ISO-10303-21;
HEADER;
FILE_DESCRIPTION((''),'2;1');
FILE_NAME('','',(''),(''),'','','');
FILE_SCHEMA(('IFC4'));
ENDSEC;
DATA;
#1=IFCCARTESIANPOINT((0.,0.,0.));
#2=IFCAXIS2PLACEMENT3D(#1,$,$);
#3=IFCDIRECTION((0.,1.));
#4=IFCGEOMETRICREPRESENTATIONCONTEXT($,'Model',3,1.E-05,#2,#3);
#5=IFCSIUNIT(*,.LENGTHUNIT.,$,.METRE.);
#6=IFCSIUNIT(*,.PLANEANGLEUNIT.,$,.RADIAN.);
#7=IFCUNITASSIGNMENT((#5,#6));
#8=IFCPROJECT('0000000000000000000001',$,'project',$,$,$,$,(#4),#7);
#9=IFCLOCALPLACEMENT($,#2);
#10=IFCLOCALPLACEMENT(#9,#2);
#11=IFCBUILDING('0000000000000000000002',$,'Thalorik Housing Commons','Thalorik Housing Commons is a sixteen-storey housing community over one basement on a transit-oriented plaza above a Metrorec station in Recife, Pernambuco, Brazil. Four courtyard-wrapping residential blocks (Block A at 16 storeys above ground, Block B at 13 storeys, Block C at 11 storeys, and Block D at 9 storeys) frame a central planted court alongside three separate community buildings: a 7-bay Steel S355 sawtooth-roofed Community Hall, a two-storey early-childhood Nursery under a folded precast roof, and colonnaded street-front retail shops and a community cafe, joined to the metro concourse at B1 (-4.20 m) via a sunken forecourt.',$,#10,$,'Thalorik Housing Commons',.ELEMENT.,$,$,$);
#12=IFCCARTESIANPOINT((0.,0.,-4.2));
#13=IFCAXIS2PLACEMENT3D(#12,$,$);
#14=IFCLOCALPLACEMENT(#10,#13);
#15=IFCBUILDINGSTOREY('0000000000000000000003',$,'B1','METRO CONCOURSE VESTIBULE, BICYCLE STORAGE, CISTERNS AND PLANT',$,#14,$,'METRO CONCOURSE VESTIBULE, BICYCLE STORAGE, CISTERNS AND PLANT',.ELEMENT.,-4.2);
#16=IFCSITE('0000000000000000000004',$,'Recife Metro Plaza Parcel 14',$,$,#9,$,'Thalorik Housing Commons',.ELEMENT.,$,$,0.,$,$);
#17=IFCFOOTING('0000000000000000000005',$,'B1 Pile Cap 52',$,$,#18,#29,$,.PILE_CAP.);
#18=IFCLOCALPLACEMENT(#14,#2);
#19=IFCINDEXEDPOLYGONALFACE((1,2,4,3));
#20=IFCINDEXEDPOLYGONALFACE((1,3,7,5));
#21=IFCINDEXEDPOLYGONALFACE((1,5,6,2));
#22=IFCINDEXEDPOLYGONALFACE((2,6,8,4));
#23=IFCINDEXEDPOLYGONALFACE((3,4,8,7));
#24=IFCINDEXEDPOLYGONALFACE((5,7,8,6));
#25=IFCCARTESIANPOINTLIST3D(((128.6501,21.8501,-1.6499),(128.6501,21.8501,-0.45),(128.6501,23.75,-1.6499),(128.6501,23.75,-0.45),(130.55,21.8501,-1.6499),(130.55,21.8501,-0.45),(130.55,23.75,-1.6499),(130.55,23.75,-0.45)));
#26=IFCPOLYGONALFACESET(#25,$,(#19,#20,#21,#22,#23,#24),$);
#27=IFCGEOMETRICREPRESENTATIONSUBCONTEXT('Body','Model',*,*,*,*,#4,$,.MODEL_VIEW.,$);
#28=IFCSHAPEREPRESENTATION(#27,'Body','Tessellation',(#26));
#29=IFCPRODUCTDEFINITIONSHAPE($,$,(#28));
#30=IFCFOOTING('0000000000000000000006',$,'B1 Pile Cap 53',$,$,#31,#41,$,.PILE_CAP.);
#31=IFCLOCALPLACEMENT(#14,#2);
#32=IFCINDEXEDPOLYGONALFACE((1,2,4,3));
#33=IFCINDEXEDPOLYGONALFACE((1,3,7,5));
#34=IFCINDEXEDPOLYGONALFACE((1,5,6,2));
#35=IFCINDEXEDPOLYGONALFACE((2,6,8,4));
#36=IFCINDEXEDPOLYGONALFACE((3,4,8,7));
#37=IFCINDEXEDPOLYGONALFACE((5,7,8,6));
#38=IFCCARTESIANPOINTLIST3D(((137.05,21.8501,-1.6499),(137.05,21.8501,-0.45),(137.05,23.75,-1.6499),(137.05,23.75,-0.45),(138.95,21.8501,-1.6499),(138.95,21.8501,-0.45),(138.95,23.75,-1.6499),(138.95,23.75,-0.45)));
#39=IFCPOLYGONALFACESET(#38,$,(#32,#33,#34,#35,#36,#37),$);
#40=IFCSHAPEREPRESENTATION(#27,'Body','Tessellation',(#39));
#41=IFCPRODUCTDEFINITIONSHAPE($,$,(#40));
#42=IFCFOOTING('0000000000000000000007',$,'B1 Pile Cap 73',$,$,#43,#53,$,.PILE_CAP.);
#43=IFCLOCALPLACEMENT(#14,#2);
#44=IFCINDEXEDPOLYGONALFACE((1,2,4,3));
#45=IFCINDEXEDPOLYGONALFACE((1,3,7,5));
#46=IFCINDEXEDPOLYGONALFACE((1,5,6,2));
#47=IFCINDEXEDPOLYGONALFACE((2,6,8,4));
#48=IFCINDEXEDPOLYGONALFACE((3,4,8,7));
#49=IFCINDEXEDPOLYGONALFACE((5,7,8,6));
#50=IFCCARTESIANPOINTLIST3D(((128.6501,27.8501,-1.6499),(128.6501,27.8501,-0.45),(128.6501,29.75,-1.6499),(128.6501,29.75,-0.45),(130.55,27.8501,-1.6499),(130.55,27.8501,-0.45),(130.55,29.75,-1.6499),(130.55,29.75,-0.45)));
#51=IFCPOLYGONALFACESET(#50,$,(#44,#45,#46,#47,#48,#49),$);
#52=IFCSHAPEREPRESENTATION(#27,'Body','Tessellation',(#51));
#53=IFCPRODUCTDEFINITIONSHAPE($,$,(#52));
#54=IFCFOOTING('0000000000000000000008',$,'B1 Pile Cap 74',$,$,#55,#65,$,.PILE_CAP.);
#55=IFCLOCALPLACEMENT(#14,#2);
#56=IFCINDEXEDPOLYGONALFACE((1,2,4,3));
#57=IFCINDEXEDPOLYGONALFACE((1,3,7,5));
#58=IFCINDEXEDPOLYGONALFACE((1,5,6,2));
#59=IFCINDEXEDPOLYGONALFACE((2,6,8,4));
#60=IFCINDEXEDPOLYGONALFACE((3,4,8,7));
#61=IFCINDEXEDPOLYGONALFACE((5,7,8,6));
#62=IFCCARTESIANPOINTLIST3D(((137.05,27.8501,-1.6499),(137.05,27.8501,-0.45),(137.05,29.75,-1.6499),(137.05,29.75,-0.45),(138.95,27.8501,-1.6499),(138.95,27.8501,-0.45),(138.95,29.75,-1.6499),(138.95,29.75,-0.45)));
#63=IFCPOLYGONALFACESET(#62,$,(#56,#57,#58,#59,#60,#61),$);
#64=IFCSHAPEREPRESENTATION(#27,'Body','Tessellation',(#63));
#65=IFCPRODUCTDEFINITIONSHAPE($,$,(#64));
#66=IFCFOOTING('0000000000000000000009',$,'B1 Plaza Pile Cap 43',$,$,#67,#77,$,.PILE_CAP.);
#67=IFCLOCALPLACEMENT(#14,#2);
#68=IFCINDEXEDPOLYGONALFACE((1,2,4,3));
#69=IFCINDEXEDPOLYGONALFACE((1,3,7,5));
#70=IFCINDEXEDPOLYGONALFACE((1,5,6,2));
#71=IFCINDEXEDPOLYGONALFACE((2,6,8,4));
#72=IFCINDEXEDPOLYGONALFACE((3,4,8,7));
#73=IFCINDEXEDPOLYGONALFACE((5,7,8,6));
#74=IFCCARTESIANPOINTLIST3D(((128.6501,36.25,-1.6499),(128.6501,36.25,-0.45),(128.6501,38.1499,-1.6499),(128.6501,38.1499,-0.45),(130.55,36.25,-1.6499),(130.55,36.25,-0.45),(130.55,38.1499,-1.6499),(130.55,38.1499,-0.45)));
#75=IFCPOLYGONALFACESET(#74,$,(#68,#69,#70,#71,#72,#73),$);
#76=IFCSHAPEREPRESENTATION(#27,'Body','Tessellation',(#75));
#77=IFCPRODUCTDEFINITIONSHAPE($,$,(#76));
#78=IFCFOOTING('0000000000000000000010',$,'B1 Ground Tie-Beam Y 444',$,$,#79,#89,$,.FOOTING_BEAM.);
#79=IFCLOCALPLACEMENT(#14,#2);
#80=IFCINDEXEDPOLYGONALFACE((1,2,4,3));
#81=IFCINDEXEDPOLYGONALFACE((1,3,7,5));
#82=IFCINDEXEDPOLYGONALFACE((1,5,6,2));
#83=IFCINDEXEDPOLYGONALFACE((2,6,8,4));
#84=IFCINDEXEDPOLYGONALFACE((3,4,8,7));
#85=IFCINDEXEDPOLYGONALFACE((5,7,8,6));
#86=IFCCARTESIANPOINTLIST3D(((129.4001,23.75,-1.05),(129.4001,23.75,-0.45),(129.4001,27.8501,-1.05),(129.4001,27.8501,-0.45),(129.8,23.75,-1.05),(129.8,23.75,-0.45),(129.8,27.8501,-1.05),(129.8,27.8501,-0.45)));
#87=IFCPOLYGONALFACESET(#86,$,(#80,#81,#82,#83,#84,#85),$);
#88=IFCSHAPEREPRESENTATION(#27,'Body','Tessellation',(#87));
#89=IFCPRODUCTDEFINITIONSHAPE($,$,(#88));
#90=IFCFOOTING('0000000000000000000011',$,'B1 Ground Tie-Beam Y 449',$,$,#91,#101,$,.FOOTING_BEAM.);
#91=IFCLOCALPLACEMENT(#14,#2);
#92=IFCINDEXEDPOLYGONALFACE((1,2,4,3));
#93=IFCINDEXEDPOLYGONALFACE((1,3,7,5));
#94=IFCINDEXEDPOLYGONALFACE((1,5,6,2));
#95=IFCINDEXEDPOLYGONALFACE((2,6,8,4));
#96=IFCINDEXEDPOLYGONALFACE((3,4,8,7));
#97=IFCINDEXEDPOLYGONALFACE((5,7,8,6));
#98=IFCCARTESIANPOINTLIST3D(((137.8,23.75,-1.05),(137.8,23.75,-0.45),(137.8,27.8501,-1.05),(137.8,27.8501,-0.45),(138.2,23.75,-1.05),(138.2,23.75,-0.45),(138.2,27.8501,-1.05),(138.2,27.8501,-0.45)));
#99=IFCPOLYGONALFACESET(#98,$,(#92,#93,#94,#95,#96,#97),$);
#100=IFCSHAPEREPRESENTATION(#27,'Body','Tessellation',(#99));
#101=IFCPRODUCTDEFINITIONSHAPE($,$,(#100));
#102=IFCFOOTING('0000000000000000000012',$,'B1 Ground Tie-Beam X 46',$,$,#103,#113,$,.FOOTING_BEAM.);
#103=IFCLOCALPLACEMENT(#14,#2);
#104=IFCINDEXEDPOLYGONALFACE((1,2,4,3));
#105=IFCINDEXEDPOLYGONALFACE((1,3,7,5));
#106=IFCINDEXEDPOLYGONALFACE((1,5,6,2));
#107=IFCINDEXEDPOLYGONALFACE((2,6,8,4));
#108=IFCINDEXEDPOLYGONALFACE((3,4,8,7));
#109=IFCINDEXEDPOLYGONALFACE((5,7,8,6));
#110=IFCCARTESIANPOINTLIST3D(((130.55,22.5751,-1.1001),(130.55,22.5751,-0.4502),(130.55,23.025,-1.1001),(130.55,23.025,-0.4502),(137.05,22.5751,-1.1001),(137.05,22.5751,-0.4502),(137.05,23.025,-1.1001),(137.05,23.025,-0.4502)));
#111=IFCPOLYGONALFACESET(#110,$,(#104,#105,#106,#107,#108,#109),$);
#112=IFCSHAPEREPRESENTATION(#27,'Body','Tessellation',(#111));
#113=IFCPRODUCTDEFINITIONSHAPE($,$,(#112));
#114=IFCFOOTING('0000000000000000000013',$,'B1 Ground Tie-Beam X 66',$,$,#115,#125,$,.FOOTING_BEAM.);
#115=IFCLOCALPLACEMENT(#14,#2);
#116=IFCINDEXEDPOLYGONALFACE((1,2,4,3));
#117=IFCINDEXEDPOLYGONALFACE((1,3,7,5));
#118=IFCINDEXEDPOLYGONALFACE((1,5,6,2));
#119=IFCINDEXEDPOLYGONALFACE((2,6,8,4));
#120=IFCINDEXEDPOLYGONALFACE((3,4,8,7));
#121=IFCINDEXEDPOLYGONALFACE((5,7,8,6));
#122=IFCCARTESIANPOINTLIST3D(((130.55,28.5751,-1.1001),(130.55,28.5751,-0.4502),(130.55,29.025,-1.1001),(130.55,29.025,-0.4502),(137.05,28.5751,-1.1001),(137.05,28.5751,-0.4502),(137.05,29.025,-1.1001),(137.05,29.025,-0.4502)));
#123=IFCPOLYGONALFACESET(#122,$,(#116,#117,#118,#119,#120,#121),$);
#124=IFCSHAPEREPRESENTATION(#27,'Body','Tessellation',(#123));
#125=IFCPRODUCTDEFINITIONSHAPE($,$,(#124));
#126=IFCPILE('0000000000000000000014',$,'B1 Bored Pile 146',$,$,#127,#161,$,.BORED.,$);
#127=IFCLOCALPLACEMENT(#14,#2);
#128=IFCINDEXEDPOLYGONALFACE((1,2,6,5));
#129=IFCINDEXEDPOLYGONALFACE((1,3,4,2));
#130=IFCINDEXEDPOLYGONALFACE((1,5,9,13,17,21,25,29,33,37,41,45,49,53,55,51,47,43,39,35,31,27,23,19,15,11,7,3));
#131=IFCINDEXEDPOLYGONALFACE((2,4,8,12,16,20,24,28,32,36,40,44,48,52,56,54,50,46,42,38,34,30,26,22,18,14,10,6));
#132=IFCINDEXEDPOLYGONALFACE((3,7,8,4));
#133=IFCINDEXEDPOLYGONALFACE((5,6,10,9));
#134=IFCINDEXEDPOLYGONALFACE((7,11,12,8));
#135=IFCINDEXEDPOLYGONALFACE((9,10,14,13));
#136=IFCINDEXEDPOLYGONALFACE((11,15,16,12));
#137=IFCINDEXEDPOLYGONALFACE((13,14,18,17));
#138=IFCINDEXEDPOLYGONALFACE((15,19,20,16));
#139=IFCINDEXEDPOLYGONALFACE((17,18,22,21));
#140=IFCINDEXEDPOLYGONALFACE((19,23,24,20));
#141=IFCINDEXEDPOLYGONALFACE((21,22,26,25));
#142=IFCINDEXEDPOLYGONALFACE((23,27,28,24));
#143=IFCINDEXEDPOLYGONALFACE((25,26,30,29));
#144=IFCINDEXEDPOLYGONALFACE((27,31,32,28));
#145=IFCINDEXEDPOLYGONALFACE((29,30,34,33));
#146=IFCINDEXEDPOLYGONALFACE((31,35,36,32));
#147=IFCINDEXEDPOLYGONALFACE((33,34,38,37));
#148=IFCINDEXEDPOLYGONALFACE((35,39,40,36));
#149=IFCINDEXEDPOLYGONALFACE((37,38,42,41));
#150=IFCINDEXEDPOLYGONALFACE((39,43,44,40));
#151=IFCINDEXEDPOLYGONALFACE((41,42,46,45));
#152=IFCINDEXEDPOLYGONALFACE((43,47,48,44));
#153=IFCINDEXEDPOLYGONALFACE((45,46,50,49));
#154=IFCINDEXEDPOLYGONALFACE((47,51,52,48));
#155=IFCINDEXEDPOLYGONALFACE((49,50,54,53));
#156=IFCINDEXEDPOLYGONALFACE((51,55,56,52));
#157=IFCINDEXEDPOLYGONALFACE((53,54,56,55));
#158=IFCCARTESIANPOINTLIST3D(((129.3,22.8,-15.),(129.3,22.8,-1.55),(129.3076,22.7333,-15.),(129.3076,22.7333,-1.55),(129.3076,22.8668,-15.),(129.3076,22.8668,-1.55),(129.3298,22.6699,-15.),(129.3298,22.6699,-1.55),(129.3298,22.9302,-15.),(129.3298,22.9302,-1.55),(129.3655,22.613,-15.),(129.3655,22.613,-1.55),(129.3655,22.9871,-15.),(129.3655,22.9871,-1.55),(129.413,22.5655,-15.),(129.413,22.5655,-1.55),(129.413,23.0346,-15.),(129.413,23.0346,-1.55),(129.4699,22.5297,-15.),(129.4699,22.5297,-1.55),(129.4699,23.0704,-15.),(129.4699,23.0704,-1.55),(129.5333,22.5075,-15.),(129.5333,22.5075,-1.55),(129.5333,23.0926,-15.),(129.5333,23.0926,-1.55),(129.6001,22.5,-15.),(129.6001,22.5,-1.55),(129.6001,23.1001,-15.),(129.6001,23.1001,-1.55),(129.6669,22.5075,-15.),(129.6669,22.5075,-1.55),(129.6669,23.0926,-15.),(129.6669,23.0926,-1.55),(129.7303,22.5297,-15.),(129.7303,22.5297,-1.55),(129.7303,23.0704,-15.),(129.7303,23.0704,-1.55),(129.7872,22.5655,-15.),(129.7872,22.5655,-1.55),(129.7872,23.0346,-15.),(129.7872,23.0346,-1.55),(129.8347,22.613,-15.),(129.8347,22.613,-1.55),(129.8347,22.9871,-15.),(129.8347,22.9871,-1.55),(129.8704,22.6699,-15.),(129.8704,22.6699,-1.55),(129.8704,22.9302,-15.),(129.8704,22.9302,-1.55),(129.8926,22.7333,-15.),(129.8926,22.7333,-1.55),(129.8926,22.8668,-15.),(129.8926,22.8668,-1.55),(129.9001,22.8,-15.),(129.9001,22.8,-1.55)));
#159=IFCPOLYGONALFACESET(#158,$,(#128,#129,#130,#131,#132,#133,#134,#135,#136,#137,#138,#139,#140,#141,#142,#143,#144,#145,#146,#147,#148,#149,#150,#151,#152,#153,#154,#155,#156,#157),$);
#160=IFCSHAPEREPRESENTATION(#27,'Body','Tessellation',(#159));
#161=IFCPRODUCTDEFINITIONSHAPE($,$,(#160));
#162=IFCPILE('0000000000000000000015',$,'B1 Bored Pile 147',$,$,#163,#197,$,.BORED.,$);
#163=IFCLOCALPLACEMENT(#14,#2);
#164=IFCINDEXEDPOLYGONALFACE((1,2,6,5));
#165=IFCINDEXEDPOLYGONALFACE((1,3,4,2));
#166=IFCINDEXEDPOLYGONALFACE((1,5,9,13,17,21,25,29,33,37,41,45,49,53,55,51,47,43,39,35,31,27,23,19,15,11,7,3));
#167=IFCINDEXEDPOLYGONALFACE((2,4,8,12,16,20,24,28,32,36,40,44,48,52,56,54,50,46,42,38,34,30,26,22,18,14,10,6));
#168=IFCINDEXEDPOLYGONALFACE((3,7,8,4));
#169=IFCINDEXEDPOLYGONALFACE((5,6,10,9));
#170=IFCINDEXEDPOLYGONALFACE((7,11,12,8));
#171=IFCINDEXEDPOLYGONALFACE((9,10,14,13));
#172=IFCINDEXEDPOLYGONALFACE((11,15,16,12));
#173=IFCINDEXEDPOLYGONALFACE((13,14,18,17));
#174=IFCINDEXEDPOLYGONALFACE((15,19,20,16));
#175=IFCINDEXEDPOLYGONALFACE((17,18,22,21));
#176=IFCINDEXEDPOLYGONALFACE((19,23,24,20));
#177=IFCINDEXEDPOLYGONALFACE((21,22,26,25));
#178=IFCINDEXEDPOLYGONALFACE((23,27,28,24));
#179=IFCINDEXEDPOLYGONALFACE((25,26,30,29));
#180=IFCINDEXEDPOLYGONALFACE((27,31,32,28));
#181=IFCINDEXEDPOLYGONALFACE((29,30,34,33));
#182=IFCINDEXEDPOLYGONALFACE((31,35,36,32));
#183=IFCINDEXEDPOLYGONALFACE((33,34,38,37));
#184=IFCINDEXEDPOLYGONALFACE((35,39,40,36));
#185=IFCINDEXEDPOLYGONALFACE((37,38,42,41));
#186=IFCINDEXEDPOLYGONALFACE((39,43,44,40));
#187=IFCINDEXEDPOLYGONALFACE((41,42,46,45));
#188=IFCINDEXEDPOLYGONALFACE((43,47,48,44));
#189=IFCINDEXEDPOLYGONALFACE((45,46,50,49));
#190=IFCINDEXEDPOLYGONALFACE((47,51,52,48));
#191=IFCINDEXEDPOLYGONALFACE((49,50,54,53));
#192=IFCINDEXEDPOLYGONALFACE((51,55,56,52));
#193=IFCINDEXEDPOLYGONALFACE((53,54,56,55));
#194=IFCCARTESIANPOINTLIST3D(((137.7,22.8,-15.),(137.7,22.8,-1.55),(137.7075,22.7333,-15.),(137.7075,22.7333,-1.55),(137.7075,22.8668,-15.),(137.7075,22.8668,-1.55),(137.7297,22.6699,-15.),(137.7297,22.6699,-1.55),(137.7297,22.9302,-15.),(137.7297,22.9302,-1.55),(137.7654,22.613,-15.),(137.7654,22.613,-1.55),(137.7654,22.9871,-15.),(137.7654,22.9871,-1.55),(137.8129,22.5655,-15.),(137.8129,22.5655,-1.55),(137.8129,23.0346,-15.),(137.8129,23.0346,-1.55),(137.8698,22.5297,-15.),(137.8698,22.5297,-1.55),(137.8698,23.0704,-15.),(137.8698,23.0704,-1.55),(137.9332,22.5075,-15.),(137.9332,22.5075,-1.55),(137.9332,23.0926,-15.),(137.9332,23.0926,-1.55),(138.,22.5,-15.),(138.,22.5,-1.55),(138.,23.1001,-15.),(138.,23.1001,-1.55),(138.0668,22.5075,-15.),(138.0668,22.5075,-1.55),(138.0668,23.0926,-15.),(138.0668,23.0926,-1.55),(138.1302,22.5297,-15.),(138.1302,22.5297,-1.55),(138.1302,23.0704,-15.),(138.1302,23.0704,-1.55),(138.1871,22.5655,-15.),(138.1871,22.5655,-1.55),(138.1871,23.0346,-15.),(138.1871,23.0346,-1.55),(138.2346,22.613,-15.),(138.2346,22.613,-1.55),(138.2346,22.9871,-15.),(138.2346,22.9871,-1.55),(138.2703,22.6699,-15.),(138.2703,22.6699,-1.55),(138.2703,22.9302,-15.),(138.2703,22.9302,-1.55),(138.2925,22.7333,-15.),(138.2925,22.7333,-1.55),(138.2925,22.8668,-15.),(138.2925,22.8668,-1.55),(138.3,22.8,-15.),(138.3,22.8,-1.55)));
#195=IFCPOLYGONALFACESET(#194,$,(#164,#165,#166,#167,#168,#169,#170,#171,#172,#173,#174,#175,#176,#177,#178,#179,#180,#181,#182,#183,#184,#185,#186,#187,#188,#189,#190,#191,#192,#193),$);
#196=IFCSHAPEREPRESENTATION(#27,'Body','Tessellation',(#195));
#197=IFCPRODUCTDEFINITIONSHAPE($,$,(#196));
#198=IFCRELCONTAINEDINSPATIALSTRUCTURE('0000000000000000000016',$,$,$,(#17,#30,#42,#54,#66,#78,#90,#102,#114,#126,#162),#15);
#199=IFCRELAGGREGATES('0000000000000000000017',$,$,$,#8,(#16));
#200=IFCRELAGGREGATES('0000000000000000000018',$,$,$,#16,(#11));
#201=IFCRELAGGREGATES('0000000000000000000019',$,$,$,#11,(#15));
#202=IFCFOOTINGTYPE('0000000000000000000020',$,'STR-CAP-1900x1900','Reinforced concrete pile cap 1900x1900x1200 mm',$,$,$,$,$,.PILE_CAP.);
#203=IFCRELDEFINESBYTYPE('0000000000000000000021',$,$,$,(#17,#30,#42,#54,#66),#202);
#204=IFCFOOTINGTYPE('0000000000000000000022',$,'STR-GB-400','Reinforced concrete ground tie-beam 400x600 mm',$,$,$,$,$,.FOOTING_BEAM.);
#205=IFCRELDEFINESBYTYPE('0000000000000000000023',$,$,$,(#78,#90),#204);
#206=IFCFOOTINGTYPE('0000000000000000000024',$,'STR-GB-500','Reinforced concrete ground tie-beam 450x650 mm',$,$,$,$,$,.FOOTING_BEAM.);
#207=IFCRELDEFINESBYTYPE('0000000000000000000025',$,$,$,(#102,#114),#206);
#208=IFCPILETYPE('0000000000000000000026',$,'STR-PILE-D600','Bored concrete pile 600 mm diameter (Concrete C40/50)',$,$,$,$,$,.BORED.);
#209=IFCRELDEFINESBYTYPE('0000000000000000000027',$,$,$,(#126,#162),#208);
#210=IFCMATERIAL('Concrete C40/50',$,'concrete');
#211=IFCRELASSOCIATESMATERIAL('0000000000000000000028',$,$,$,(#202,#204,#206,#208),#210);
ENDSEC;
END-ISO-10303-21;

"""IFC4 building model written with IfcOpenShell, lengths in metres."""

from ifc_helpers import new_model, si_unit, direction, frame, origin, origin_2d, place, context, subcontext, project, spatial, rectangle, circle, extrude, material, material_profile, profile_set, type_object, element, save


model = new_model("IFC4")

# Units and contexts
model_context = context("Model", 3, precision=1e-05, world=origin(), true_north=direction((0.0, 1.0)))
body_context = subcontext(model_context, "Body", "Model", "MODEL_VIEW")
ifc_project = project(units=[si_unit("LENGTHUNIT", "METRE"), si_unit("PLANEANGLEUNIT", "RADIAN")], contexts=[model_context])

# Site, building, storey
site_placement = place(None, origin())
site = spatial("IfcSite", under=ifc_project, at=site_placement, Name="Recife Metro Plaza Parcel 14", LongName="Thalorik Housing Commons", CompositionType="ELEMENT", RefElevation=0.0)
building_placement = place(site_placement, origin())
building = spatial("IfcBuilding", under=site, at=building_placement, Name="Thalorik Housing Commons", Description="Thalorik Housing Commons is a sixteen-storey housing community over one basement on a transit-oriented plaza above a Metrorec station in Recife, Pernambuco, Brazil. Four courtyard-wrapping residential blocks (Block A at 16 storeys above ground, Block B at 13 storeys, Block C at 11 storeys, and Block D at 9 storeys) frame a central planted court alongside three separate community buildings: a 7-bay Steel S355 sawtooth-roofed Community Hall, a two-storey early-childhood Nursery under a folded precast roof, and colonnaded street-front retail shops and a community cafe, joined to the metro concourse at B1 (-4.20 m) via a sunken forecourt.", LongName="Thalorik Housing Commons", CompositionType="ELEMENT")
storey_placement = place(building_placement, frame((0.0, 0.0, -4.2)))
storey = spatial("IfcBuildingStorey", under=building, at=storey_placement, Name="B1", Description="METRO CONCOURSE VESTIBULE, BICYCLE STORAGE, CISTERNS AND PLANT", LongName="METRO CONCOURSE VESTIBULE, BICYCLE STORAGE, CISTERNS AND PLANT", CompositionType="ELEMENT", Elevation=-4.2)

# Footings
ifc_material_1 = material(Name="Concrete C40/50", Category="concrete")
footing_type_1 = type_object("IfcFootingType", Name="STR-CAP-1900x1900", Description="Reinforced concrete pile cap 1900x1900x1200 mm", PredefinedType="PILE_CAP", material=ifc_material_1)
for number, where, z_axis, x_axis, name in (
    (1, (129.6001, 22.8, -1.6499), (0.0, 0.0, 1.0), (1.0, 0.0, 0.0), "B1 Pile Cap 52"),
    (2, (138.0, 22.8, -1.6499), (0.0, 0.0, 1.0), (1.0, 0.0, 0.0), "B1 Pile Cap 53"),
    (3, (129.6001, 28.8, -1.6499), (0.0, 0.0, 1.0), (1.0, 0.0, 0.0), "B1 Pile Cap 73"),
    (4, (138.0, 28.8, -1.6499), (0.0, 0.0, 1.0), (1.0, 0.0, 0.0), "B1 Pile Cap 74"),
    (5, (129.6001, 37.2, -1.6499), (0.0, 0.0, 1.0), (1.0, 0.0, 0.0), "B1 Plaza Pile Cap 43"),
):
    element("IfcFooting", number, at=place(storey_placement, frame(where, z_axis=z_axis, x_axis=x_axis)), inside=storey, type_object=footing_type_1, Name=name, PredefinedType="PILE_CAP", context=body_context, shape_type="SweptSolid", body=[
        extrude(rectangle(XDim=1.8999, YDim=1.8999, at=origin_2d()), origin(), (0.0, 0.0, 1.0), 1.2),
    ])
ifc_material_profile_1 = material_profile(ifc_material_1, rectangle(XDim=0.3999, YDim=0.6001, at=origin_2d()), Name="RC 400x600", Category="concrete")
ifc_profile_set_1 = profile_set([ifc_material_profile_1], Name="Concrete C40/50")
footing_type_2 = type_object("IfcFootingType", Name="STR-GB-400", Description="Reinforced concrete ground tie-beam 400x600 mm", PredefinedType="FOOTING_BEAM", material=ifc_profile_set_1)
for number, where, z_axis, x_axis, name in (
    (6, (129.6001, 23.75, -0.75), (0.0, 1.0, 0.0), (-1.0, 0.0, 0.0), "B1 Ground Tie-Beam Y 444"),
    (7, (138.0, 23.75, -0.75), (0.0, 1.0, 0.0), (-1.0, 0.0, 0.0), "B1 Ground Tie-Beam Y 449"),
):
    element("IfcFooting", number, at=place(storey_placement, frame(where, z_axis=z_axis, x_axis=x_axis)), inside=storey, type_object=footing_type_2, Name=name, PredefinedType="FOOTING_BEAM", context=body_context, shape_type="SweptSolid", body=[
        extrude(rectangle(XDim=0.3999, YDim=0.6001, at=origin_2d()), origin(), (0.0, 0.0, 1.0), 4.1001),
    ])
ifc_material_profile_2 = material_profile(ifc_material_1, rectangle(XDim=0.45, YDim=0.6499, at=origin_2d()), Name="RC 450x650", Category="concrete")
ifc_profile_set_2 = profile_set([ifc_material_profile_2], Name="Concrete C40/50")
footing_type_3 = type_object("IfcFootingType", Name="STR-GB-500", Description="Reinforced concrete ground tie-beam 450x650 mm", PredefinedType="FOOTING_BEAM", material=ifc_profile_set_2)
for number, where, z_axis, x_axis, name in (
    (8, (130.55, 22.8, -0.7751), (1.0, 0.0, 0.0), (0.0, 1.0, 0.0), "B1 Ground Tie-Beam X 46"),
    (9, (130.55, 28.8, -0.7751), (1.0, 0.0, 0.0), (0.0, 1.0, 0.0), "B1 Ground Tie-Beam X 66"),
):
    element("IfcFooting", number, at=place(storey_placement, frame(where, z_axis=z_axis, x_axis=x_axis)), inside=storey, type_object=footing_type_3, Name=name, PredefinedType="FOOTING_BEAM", context=body_context, shape_type="SweptSolid", body=[
        extrude(rectangle(XDim=0.45, YDim=0.6499, at=origin_2d()), origin(), (0.0, 0.0, 1.0), 6.5),
    ])

# Piles
ifc_material_profile_3 = material_profile(ifc_material_1, circle(Radius=0.3, at=origin_2d()), Name="BORED PILE D600", Category="concrete")
ifc_profile_set_3 = profile_set([ifc_material_profile_3], Name="Concrete C40/50")
pile_type_1 = type_object("IfcPileType", Name="STR-PILE-D600", Description="Bored concrete pile 600 mm diameter (Concrete C40/50)", PredefinedType="BORED", material=ifc_profile_set_3)
for number, where, z_axis, x_axis, name in (
    (10, (129.6001, 22.8, -1.55), (0.0, 0.0, -1.0), (1.0, 0.0, 0.0), "B1 Bored Pile 146"),
    (11, (138.0, 22.8, -1.55), (0.0, 0.0, -1.0), (1.0, 0.0, 0.0), "B1 Bored Pile 147"),
):
    element("IfcPile", number, at=place(storey_placement, frame(where, z_axis=z_axis, x_axis=x_axis)), inside=storey, type_object=pile_type_1, Name=name, PredefinedType="BORED", context=body_context, shape_type="SweptSolid", body=[
        extrude(circle(Radius=0.3, at=origin_2d()), origin(), (0.0, 0.0, 1.0), 13.45),
    ])

save(model, "model.ifc")
